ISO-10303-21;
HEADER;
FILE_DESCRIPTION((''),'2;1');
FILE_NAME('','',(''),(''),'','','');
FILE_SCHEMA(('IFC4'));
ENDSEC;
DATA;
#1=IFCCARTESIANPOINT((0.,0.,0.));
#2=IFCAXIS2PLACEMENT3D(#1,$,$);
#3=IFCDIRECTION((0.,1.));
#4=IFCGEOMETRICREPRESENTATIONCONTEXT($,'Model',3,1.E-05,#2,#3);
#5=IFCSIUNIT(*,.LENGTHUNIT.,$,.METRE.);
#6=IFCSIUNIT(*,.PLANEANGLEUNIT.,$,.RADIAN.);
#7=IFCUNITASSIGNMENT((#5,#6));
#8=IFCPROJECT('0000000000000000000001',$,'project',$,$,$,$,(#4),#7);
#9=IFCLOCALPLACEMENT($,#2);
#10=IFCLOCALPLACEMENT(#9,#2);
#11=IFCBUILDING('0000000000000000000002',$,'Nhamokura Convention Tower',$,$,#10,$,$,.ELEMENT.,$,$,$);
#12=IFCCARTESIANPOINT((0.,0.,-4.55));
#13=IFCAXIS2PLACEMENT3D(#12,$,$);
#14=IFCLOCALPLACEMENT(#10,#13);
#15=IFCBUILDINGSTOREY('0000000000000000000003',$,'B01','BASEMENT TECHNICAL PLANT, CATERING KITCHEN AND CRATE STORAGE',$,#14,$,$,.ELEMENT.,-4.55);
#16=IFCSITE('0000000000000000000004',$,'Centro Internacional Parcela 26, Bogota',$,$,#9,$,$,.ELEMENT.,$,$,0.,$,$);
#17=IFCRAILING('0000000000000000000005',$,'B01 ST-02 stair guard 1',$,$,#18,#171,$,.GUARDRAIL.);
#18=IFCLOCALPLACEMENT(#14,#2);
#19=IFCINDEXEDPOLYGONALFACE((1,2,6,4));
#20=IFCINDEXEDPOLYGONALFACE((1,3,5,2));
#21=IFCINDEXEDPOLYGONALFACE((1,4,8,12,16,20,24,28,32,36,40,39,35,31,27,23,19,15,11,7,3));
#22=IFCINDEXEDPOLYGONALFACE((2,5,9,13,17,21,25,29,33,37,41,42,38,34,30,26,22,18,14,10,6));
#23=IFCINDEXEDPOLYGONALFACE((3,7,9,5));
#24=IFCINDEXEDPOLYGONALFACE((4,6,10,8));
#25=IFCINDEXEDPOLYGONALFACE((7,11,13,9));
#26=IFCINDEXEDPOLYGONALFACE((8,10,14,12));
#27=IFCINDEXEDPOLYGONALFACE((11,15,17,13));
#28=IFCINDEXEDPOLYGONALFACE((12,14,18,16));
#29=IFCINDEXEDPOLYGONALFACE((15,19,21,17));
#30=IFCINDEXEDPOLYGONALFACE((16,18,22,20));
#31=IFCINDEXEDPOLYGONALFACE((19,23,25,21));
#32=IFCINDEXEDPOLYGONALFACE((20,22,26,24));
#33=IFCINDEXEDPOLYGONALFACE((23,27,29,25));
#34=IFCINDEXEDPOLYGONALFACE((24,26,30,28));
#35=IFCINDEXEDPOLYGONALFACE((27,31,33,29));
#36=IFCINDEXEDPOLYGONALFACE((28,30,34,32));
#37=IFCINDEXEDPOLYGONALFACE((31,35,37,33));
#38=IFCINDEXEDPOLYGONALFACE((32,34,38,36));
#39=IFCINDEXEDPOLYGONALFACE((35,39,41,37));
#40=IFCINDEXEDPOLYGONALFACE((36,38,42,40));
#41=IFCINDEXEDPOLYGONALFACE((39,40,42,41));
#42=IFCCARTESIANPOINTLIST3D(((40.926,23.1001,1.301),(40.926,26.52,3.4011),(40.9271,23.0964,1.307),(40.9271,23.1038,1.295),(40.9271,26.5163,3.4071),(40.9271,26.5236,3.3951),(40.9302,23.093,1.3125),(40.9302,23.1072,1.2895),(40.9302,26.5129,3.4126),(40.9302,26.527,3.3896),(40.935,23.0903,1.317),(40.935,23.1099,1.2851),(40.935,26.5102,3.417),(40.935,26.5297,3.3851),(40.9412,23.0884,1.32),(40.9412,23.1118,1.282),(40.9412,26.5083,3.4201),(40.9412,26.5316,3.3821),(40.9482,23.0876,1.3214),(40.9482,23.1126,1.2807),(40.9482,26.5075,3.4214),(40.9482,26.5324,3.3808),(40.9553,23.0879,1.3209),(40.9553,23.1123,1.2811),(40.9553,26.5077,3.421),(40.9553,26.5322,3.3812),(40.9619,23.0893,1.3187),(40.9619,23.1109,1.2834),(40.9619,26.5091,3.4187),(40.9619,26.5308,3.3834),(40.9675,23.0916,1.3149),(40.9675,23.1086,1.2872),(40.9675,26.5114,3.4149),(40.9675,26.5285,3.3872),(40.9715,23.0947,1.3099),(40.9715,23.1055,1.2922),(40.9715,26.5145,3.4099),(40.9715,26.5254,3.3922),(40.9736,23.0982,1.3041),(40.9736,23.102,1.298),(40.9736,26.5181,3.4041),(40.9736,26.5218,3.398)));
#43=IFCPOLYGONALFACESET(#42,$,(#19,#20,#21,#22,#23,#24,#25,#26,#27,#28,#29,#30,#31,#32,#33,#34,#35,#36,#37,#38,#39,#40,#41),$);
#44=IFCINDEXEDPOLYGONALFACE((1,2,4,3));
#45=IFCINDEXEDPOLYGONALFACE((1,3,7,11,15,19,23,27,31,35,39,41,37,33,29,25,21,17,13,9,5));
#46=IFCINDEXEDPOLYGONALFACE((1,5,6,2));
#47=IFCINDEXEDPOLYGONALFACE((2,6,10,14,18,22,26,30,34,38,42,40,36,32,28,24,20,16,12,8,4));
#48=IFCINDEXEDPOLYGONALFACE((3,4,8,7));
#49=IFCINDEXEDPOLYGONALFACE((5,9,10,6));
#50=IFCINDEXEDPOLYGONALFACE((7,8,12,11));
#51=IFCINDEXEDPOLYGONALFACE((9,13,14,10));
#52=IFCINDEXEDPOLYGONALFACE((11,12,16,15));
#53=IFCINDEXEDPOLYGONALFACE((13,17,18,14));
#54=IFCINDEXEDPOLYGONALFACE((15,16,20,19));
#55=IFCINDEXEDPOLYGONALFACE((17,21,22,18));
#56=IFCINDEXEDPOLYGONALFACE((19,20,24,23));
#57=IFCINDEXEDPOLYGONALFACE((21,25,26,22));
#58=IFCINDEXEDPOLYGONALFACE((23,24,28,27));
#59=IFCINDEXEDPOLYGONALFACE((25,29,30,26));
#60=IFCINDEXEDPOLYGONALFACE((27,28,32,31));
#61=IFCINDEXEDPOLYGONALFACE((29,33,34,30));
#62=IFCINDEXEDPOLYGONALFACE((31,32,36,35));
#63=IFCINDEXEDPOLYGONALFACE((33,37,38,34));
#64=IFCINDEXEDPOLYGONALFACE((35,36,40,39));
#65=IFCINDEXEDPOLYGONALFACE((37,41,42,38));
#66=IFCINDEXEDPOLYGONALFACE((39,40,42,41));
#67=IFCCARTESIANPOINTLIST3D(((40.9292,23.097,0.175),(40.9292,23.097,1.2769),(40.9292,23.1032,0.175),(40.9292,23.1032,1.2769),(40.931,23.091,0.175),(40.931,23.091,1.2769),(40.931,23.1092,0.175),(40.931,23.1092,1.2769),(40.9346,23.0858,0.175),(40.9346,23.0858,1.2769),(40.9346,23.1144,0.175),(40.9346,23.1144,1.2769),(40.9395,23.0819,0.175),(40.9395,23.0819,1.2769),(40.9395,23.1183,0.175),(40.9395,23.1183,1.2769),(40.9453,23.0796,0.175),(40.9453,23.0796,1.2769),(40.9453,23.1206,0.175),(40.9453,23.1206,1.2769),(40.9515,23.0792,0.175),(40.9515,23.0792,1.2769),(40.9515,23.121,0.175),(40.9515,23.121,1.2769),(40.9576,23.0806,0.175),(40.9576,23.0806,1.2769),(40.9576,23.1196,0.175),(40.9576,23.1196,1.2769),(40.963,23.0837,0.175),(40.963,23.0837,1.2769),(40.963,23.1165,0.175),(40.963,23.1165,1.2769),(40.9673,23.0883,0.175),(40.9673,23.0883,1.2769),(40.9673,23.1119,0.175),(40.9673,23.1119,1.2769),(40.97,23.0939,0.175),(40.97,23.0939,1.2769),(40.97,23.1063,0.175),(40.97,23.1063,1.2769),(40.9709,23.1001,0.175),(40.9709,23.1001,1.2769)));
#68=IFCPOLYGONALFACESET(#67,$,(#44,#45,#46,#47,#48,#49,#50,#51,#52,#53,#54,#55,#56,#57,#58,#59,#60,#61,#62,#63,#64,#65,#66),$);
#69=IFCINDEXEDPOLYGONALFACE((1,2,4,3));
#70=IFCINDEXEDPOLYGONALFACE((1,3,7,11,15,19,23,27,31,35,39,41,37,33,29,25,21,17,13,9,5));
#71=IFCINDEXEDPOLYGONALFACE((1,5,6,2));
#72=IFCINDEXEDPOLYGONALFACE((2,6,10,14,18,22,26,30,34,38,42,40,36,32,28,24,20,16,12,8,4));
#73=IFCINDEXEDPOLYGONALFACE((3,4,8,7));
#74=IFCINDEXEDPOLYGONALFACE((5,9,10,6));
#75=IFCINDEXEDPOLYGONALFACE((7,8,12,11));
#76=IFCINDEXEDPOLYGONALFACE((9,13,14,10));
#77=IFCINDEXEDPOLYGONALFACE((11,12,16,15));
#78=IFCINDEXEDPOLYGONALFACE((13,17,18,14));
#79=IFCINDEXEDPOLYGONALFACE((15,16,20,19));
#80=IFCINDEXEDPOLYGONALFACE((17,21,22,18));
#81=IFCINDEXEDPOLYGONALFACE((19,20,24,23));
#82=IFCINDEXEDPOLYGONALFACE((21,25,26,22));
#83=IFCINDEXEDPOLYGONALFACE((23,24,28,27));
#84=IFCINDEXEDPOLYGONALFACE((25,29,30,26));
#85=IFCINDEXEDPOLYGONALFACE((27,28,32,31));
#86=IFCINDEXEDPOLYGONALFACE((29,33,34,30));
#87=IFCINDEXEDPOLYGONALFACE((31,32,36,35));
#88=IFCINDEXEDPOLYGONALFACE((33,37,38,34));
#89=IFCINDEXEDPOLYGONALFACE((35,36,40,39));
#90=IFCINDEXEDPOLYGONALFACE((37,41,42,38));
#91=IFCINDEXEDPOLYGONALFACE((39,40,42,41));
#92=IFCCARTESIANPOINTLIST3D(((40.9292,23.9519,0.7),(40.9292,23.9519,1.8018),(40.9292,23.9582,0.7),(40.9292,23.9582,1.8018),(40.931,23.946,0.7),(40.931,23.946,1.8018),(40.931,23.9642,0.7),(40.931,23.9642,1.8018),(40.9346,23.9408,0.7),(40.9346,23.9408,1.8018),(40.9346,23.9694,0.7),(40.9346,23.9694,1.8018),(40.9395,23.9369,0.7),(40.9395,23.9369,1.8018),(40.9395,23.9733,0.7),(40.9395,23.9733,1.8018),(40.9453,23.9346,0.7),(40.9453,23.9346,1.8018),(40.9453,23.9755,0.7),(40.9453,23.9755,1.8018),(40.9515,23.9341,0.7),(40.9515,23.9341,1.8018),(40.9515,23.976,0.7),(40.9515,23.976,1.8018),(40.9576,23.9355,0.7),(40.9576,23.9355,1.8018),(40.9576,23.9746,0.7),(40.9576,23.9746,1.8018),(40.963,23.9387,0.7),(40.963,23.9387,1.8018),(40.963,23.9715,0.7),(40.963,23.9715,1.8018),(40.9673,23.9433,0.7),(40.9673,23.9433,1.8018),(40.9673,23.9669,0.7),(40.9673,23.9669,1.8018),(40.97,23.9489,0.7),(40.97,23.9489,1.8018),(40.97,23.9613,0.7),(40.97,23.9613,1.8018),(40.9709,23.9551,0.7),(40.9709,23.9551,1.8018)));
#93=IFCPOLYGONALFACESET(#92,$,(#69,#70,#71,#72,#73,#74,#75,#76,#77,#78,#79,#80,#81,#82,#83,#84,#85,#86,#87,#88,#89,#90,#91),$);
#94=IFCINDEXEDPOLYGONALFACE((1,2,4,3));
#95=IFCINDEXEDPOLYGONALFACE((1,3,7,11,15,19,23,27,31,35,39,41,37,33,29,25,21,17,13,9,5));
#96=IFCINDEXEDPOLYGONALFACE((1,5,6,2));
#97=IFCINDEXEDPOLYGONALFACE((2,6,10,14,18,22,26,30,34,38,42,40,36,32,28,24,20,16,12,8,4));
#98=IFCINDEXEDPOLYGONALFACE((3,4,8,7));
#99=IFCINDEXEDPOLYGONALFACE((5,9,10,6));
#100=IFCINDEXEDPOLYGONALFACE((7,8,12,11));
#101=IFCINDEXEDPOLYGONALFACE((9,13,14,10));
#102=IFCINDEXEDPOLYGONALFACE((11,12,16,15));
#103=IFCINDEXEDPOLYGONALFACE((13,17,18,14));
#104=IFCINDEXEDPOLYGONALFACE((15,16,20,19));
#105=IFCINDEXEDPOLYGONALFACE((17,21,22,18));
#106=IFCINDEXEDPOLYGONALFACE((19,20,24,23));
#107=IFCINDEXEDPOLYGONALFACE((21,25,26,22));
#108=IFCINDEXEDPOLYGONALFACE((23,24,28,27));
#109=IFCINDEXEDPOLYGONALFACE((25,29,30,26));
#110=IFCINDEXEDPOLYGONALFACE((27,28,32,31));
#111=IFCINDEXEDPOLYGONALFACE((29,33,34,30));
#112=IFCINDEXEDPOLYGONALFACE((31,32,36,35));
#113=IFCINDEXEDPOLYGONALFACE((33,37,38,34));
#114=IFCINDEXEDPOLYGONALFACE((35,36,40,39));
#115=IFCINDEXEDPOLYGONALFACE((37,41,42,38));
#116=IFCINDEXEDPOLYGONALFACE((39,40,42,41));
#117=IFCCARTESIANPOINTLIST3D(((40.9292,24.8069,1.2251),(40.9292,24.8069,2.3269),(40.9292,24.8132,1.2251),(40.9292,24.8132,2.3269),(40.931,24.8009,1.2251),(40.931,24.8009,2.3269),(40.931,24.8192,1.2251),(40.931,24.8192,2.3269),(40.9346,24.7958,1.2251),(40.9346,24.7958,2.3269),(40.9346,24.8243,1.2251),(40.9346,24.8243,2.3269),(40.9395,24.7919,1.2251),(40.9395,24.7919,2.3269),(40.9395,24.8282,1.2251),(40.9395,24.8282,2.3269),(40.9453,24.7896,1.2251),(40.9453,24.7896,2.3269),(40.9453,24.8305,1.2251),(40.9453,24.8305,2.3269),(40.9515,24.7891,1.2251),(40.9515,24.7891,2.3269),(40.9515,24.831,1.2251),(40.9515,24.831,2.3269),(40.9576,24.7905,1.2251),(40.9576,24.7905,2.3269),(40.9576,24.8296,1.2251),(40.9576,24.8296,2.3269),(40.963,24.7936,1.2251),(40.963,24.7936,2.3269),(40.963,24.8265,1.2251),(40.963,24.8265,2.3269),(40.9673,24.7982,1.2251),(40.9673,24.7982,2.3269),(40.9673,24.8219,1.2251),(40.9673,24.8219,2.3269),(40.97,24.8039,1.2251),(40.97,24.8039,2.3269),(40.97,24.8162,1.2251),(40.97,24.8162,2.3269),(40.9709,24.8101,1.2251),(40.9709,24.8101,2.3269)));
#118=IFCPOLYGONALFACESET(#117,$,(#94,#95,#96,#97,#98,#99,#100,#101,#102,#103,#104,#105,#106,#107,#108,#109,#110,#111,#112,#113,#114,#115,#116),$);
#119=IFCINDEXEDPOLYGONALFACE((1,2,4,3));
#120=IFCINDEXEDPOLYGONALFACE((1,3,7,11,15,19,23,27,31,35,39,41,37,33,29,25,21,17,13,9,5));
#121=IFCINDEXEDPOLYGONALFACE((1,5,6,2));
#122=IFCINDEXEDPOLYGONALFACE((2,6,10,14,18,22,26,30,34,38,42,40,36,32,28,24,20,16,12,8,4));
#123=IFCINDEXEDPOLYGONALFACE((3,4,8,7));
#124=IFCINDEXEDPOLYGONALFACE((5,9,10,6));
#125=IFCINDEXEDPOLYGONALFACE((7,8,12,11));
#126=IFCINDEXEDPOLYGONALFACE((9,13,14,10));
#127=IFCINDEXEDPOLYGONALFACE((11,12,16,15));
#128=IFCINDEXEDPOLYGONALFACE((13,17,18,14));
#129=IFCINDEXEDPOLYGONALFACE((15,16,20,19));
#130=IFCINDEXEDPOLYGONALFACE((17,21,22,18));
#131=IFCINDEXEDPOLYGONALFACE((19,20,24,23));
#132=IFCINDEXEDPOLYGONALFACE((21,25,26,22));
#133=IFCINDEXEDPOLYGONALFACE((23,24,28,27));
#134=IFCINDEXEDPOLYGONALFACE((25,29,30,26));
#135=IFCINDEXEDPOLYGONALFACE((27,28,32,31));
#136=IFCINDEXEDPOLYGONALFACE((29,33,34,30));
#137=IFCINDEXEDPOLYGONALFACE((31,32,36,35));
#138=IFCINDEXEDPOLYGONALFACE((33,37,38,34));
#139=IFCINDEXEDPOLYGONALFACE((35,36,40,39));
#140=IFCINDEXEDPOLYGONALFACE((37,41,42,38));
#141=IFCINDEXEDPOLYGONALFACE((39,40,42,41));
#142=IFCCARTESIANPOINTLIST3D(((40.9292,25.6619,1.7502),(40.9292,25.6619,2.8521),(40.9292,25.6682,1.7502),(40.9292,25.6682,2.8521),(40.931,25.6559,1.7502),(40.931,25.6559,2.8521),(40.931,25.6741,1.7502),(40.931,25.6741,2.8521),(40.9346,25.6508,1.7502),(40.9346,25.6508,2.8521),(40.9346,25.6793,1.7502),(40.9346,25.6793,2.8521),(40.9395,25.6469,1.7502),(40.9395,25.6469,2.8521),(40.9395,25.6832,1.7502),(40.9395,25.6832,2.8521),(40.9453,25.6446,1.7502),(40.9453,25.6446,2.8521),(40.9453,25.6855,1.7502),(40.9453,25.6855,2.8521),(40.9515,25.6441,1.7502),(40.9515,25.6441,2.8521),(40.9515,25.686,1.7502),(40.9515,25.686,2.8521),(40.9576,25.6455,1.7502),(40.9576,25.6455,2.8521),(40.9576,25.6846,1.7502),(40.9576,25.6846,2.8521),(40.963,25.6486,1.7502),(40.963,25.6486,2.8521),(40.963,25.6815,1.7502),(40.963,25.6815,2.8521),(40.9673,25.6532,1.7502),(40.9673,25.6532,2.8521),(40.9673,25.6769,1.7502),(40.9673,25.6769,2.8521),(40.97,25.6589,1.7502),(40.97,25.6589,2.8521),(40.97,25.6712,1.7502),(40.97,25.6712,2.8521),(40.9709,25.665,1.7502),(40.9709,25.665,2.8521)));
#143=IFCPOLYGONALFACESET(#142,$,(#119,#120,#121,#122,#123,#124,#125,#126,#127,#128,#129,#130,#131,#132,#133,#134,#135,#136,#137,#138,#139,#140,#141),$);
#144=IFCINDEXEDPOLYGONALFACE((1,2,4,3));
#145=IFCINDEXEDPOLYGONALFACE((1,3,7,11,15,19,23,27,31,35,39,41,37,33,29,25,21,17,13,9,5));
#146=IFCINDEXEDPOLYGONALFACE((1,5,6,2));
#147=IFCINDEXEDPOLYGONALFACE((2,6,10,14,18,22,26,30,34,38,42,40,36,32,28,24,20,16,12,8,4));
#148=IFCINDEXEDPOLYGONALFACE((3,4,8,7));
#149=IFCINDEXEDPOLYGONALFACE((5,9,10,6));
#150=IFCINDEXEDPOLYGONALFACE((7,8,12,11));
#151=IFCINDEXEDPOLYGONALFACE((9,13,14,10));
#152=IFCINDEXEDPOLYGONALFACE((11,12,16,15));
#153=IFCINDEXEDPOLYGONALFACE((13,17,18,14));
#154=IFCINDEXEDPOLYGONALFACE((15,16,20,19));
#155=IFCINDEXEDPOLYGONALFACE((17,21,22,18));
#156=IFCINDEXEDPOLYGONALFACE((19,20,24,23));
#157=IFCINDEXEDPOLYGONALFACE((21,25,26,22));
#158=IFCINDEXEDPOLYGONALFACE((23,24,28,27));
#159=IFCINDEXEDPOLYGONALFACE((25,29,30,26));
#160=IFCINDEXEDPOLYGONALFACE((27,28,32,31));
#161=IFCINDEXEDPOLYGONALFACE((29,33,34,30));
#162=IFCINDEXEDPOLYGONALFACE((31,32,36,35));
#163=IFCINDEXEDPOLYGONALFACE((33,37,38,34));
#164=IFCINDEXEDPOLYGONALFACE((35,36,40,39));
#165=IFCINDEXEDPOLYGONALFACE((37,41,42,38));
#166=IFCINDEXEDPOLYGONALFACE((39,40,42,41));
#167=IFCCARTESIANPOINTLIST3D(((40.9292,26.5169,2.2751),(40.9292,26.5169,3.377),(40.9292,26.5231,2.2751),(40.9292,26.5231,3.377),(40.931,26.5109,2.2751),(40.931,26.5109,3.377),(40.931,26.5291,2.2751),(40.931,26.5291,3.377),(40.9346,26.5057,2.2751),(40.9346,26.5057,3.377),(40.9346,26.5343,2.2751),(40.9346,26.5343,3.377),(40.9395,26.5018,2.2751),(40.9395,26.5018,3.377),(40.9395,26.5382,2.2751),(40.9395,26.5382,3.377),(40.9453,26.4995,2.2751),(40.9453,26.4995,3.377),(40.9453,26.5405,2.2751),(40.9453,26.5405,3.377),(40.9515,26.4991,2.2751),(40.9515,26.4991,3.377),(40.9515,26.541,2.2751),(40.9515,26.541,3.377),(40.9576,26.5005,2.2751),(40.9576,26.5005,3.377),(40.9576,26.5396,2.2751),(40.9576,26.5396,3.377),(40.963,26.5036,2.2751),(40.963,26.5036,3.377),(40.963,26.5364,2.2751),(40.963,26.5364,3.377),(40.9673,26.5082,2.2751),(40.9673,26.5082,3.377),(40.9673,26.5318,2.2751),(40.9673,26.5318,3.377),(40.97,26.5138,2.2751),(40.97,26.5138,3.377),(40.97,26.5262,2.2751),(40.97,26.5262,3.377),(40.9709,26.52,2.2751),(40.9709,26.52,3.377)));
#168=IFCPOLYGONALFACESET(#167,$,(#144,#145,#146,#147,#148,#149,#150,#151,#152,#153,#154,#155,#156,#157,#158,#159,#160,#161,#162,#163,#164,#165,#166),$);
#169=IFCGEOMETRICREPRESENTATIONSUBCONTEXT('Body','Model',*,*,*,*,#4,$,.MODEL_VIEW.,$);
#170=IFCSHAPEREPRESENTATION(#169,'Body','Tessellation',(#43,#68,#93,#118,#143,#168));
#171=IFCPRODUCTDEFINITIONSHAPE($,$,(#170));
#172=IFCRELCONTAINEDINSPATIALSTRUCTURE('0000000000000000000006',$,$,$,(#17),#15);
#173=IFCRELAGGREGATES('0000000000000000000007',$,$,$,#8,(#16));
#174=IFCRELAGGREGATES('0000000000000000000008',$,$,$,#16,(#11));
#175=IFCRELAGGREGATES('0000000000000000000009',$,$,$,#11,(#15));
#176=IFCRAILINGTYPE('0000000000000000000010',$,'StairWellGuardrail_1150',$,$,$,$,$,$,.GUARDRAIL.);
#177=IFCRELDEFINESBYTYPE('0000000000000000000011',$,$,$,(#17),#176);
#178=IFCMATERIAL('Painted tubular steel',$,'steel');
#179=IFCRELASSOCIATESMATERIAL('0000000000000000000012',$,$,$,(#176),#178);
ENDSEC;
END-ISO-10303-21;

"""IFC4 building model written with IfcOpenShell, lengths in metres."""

from ifc_helpers import new_model, si_unit, direction, frame, origin, origin_2d, place, context, subcontext, project, spatial, circle, extrude, material, type_object, element, save


model = new_model("IFC4")

# Units and contexts
model_context = context("Model", 3, precision=1e-05, world=origin(), true_north=direction((0.0, 1.0)))
body_context = subcontext(model_context, "Body", "Model", "MODEL_VIEW")
ifc_project = project(units=[si_unit("LENGTHUNIT", "METRE"), si_unit("PLANEANGLEUNIT", "RADIAN")], contexts=[model_context])

# Site, building, storey
site_placement = place(None, origin())
site = spatial("IfcSite", under=ifc_project, at=site_placement, Name="Centro Internacional Parcela 26, Bogota", CompositionType="ELEMENT", RefElevation=0.0)
building_placement = place(site_placement, origin())
building = spatial("IfcBuilding", under=site, at=building_placement, Name="Nhamokura Convention Tower", CompositionType="ELEMENT")
storey_placement = place(building_placement, frame((0.0, 0.0, -4.55)))
storey = spatial("IfcBuildingStorey", under=building, at=storey_placement, Name="B01", Description="BASEMENT TECHNICAL PLANT, CATERING KITCHEN AND CRATE STORAGE", CompositionType="ELEMENT", Elevation=-4.55)

# Railing
ifc_material_1 = material(Name="Painted tubular steel", Category="steel")
railing_type_1 = type_object("IfcRailingType", Name="StairWellGuardrail_1150", PredefinedType="GUARDRAIL", material=ifc_material_1)
railing_1_placement = place(storey_placement, frame((40.95, 23.1001, 0.175)))
element("IfcRailing", 1, at=railing_1_placement, inside=storey, type_object=railing_type_1, Name="B01 ST-02 stair guard 1", PredefinedType="GUARDRAIL", context=body_context, shape_type="SweptSolid", body=[
    extrude(circle(Radius=0.0239, at=origin_2d()), frame((0.0, 0.0, 1.126), z_axis=(0.0, 0.852155, 0.523289), x_axis=(-1.0, 0.0, 0.0)), (0.0, 0.0, 1.0), 4.0132),
    extrude(circle(Radius=0.021, at=origin_2d()), origin(), (0.0, 0.0, 1.0), 1.1018),
    extrude(circle(Radius=0.021, at=origin_2d()), frame((0.0, 0.855, 0.5249)), (0.0, 0.0, 1.0), 1.1018),
    extrude(circle(Radius=0.021, at=origin_2d()), frame((0.0, 1.71, 1.05)), (0.0, 0.0, 1.0), 1.1018),
    extrude(circle(Radius=0.021, at=origin_2d()), frame((0.0, 2.5649, 1.5752)), (0.0, 0.0, 1.0), 1.1018),
    extrude(circle(Radius=0.021, at=origin_2d()), frame((0.0, 3.4199, 2.1001)), (0.0, 0.0, 1.0), 1.1018),
])

save(model, "model.ifc")
